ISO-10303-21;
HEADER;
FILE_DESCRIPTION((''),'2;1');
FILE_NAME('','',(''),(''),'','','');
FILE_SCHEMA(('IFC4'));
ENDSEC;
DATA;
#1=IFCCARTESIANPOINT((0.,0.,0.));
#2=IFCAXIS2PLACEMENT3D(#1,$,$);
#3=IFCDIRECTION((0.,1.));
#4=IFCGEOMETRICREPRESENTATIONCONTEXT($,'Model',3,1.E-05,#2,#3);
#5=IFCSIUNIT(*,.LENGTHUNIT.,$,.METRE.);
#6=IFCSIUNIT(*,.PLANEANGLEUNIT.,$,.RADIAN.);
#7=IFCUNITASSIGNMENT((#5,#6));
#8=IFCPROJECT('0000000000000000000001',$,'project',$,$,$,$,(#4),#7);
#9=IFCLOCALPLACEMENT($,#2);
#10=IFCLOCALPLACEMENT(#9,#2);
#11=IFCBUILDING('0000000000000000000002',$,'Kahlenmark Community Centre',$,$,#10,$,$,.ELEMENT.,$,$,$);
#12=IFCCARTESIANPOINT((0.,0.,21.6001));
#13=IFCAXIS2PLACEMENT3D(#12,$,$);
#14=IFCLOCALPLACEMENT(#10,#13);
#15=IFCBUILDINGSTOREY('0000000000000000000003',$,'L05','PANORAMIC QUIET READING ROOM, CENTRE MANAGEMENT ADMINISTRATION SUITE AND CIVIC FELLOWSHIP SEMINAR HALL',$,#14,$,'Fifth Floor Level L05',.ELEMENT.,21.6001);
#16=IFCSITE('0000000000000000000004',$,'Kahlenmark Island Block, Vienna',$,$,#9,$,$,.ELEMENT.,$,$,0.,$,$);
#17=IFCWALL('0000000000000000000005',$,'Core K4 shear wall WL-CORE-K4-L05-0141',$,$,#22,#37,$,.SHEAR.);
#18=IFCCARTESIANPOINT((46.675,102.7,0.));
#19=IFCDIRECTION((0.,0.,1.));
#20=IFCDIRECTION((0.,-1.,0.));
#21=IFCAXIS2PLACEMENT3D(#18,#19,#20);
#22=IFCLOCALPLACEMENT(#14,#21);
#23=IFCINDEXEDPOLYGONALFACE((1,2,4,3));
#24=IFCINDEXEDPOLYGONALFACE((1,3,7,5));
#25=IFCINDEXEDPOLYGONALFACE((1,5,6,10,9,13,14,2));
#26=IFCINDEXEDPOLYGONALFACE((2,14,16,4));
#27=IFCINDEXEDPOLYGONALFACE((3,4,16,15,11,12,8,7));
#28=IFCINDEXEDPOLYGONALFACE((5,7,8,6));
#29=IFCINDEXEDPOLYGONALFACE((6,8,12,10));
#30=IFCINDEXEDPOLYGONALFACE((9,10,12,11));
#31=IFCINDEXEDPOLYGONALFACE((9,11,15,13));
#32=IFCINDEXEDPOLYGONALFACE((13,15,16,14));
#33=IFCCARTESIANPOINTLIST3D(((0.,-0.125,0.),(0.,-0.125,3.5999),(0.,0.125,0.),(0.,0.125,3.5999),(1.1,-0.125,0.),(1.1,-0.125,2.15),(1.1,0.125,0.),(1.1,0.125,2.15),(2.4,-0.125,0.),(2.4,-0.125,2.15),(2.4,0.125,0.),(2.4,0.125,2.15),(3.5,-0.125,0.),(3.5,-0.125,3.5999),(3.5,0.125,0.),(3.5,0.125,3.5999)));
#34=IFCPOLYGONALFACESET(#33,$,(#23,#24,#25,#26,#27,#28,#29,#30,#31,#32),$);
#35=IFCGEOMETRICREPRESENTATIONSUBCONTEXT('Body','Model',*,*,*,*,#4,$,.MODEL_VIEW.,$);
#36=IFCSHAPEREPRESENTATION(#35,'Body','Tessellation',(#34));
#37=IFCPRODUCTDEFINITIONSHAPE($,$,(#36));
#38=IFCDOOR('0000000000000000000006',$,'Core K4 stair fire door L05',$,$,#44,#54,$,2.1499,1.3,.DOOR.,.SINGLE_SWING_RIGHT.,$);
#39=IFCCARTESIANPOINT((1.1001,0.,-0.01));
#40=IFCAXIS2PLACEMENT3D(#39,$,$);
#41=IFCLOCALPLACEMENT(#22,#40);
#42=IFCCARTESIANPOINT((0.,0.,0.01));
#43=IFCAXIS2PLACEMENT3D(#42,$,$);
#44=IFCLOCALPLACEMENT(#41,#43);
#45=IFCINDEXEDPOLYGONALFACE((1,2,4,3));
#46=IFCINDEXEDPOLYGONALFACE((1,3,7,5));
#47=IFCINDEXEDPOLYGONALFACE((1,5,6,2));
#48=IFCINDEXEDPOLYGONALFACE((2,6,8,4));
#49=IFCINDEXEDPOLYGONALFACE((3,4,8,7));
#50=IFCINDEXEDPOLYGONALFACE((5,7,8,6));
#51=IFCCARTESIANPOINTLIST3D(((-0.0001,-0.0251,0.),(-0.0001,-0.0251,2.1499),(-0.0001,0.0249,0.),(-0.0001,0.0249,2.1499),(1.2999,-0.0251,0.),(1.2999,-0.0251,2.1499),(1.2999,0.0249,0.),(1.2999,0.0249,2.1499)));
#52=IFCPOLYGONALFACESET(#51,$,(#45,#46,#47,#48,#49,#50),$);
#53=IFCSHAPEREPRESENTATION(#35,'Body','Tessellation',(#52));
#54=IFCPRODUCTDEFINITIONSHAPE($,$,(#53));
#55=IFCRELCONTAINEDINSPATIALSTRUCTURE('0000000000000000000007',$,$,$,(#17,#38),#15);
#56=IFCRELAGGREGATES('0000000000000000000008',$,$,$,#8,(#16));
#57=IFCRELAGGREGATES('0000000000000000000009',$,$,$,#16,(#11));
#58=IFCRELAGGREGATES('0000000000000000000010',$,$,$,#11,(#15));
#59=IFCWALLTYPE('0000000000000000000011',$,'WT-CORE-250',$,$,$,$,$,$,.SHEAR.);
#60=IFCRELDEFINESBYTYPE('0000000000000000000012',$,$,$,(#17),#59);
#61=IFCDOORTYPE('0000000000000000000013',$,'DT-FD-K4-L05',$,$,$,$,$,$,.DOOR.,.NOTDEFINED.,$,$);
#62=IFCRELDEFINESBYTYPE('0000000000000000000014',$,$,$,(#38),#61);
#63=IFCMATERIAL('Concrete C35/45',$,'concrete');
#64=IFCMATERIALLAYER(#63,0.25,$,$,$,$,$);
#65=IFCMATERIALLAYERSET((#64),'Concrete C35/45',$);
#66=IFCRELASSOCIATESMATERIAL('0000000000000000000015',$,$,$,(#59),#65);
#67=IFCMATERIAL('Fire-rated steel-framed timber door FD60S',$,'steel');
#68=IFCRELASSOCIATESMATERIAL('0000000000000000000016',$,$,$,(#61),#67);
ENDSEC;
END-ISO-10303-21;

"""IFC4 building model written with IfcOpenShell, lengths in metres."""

from ifc_helpers import new_model, si_unit, direction, frame, frame_2d, origin, place, context, subcontext, project, spatial, rectangle, extrude, material, layer, layer_set, type_object, element, fill, save


model = new_model("IFC4")

# Units and contexts
model_context = context("Model", 3, precision=1e-05, world=origin(), true_north=direction((0.0, 1.0)))
body_context = subcontext(model_context, "Body", "Model", "MODEL_VIEW")
ifc_project = project(units=[si_unit("LENGTHUNIT", "METRE"), si_unit("PLANEANGLEUNIT", "RADIAN")], contexts=[model_context])

# Site, building, storey
site_placement = place(None, origin())
site = spatial("IfcSite", under=ifc_project, at=site_placement, Name="Kahlenmark Island Block, Vienna", CompositionType="ELEMENT", RefElevation=0.0)
building_placement = place(site_placement, origin())
building = spatial("IfcBuilding", under=site, at=building_placement, Name="Kahlenmark Community Centre", CompositionType="ELEMENT")
storey_placement = place(building_placement, frame((0.0, 0.0, 21.6001)))
storey = spatial("IfcBuildingStorey", under=building, at=storey_placement, Name="L05", Description="PANORAMIC QUIET READING ROOM, CENTRE MANAGEMENT ADMINISTRATION SUITE AND CIVIC FELLOWSHIP SEMINAR HALL", LongName="Fifth Floor Level L05", CompositionType="ELEMENT", Elevation=21.6001)

# Wall, opening, door
ifc_material_1 = material(Name="Concrete C35/45", Category="concrete")
ifc_layer_1 = layer(ifc_material_1, 0.25)
ifc_layer_set_1 = layer_set([ifc_layer_1], Name="Concrete C35/45")
wall_type_1 = type_object("IfcWallType", Name="WT-CORE-250", PredefinedType="SHEAR", material=ifc_layer_set_1)
wall_1_placement = place(storey_placement, frame((46.675, 102.7, 0.0), z_axis=(0.0, 0.0, 1.0), x_axis=(0.0, -1.0, 0.0)))
wall_1 = element("IfcWall", 1, at=wall_1_placement, inside=storey, type_object=wall_type_1, Name="Core K4 shear wall WL-CORE-K4-L05-0141", PredefinedType="SHEAR", context=body_context, shape_type="SweptSolid", body=[
    extrude(rectangle(XDim=3.5, YDim=0.25, at=frame_2d((1.75, 0.0))), origin(), (0.0, 0.0, 1.0), 3.5999),
])
opening_1_placement = place(wall_1_placement, frame((1.1001, 0.0, -0.01)))
opening_1 = element("IfcOpeningElement", 2, at=opening_1_placement, cuts=wall_1, PredefinedType="OPENING", context=body_context, shape_type="SweptSolid", body=[
    extrude(rectangle(XDim=1.3, YDim=2.1599, at=frame_2d((0.6499, 1.0801))), frame((0.0, 0.135, 0.0), z_axis=(0.0, -1.0, 0.0), x_axis=(1.0, 0.0, 0.0)), (0.0, 0.0, 1.0), 0.27),
])
ifc_material_2 = material(Name="Fire-rated steel-framed timber door FD60S", Category="steel")
door_type = type_object("IfcDoorType", Name="DT-FD-K4-L05", OperationType="NOTDEFINED", PredefinedType="DOOR", material=ifc_material_2)
door_placement = place(opening_1_placement, frame((0.0, 0.0, 0.01)))
door = element("IfcDoor", 3, at=door_placement, inside=storey, type_object=door_type, Name="Core K4 stair fire door L05", OperationType="SINGLE_SWING_RIGHT", OverallHeight=2.1499, OverallWidth=1.3, PredefinedType="DOOR", context=body_context, shape_type="SweptSolid", body=[
    extrude(rectangle(XDim=1.3, YDim=2.1499, at=frame_2d((0.6499, 1.075))), frame((0.0, 0.0249, 0.0), z_axis=(0.0, -1.0, 0.0), x_axis=(1.0, 0.0, 0.0)), (0.0, 0.0, 1.0), 0.05),
])
fill(opening_1, door)

save(model, "model.ifc")
